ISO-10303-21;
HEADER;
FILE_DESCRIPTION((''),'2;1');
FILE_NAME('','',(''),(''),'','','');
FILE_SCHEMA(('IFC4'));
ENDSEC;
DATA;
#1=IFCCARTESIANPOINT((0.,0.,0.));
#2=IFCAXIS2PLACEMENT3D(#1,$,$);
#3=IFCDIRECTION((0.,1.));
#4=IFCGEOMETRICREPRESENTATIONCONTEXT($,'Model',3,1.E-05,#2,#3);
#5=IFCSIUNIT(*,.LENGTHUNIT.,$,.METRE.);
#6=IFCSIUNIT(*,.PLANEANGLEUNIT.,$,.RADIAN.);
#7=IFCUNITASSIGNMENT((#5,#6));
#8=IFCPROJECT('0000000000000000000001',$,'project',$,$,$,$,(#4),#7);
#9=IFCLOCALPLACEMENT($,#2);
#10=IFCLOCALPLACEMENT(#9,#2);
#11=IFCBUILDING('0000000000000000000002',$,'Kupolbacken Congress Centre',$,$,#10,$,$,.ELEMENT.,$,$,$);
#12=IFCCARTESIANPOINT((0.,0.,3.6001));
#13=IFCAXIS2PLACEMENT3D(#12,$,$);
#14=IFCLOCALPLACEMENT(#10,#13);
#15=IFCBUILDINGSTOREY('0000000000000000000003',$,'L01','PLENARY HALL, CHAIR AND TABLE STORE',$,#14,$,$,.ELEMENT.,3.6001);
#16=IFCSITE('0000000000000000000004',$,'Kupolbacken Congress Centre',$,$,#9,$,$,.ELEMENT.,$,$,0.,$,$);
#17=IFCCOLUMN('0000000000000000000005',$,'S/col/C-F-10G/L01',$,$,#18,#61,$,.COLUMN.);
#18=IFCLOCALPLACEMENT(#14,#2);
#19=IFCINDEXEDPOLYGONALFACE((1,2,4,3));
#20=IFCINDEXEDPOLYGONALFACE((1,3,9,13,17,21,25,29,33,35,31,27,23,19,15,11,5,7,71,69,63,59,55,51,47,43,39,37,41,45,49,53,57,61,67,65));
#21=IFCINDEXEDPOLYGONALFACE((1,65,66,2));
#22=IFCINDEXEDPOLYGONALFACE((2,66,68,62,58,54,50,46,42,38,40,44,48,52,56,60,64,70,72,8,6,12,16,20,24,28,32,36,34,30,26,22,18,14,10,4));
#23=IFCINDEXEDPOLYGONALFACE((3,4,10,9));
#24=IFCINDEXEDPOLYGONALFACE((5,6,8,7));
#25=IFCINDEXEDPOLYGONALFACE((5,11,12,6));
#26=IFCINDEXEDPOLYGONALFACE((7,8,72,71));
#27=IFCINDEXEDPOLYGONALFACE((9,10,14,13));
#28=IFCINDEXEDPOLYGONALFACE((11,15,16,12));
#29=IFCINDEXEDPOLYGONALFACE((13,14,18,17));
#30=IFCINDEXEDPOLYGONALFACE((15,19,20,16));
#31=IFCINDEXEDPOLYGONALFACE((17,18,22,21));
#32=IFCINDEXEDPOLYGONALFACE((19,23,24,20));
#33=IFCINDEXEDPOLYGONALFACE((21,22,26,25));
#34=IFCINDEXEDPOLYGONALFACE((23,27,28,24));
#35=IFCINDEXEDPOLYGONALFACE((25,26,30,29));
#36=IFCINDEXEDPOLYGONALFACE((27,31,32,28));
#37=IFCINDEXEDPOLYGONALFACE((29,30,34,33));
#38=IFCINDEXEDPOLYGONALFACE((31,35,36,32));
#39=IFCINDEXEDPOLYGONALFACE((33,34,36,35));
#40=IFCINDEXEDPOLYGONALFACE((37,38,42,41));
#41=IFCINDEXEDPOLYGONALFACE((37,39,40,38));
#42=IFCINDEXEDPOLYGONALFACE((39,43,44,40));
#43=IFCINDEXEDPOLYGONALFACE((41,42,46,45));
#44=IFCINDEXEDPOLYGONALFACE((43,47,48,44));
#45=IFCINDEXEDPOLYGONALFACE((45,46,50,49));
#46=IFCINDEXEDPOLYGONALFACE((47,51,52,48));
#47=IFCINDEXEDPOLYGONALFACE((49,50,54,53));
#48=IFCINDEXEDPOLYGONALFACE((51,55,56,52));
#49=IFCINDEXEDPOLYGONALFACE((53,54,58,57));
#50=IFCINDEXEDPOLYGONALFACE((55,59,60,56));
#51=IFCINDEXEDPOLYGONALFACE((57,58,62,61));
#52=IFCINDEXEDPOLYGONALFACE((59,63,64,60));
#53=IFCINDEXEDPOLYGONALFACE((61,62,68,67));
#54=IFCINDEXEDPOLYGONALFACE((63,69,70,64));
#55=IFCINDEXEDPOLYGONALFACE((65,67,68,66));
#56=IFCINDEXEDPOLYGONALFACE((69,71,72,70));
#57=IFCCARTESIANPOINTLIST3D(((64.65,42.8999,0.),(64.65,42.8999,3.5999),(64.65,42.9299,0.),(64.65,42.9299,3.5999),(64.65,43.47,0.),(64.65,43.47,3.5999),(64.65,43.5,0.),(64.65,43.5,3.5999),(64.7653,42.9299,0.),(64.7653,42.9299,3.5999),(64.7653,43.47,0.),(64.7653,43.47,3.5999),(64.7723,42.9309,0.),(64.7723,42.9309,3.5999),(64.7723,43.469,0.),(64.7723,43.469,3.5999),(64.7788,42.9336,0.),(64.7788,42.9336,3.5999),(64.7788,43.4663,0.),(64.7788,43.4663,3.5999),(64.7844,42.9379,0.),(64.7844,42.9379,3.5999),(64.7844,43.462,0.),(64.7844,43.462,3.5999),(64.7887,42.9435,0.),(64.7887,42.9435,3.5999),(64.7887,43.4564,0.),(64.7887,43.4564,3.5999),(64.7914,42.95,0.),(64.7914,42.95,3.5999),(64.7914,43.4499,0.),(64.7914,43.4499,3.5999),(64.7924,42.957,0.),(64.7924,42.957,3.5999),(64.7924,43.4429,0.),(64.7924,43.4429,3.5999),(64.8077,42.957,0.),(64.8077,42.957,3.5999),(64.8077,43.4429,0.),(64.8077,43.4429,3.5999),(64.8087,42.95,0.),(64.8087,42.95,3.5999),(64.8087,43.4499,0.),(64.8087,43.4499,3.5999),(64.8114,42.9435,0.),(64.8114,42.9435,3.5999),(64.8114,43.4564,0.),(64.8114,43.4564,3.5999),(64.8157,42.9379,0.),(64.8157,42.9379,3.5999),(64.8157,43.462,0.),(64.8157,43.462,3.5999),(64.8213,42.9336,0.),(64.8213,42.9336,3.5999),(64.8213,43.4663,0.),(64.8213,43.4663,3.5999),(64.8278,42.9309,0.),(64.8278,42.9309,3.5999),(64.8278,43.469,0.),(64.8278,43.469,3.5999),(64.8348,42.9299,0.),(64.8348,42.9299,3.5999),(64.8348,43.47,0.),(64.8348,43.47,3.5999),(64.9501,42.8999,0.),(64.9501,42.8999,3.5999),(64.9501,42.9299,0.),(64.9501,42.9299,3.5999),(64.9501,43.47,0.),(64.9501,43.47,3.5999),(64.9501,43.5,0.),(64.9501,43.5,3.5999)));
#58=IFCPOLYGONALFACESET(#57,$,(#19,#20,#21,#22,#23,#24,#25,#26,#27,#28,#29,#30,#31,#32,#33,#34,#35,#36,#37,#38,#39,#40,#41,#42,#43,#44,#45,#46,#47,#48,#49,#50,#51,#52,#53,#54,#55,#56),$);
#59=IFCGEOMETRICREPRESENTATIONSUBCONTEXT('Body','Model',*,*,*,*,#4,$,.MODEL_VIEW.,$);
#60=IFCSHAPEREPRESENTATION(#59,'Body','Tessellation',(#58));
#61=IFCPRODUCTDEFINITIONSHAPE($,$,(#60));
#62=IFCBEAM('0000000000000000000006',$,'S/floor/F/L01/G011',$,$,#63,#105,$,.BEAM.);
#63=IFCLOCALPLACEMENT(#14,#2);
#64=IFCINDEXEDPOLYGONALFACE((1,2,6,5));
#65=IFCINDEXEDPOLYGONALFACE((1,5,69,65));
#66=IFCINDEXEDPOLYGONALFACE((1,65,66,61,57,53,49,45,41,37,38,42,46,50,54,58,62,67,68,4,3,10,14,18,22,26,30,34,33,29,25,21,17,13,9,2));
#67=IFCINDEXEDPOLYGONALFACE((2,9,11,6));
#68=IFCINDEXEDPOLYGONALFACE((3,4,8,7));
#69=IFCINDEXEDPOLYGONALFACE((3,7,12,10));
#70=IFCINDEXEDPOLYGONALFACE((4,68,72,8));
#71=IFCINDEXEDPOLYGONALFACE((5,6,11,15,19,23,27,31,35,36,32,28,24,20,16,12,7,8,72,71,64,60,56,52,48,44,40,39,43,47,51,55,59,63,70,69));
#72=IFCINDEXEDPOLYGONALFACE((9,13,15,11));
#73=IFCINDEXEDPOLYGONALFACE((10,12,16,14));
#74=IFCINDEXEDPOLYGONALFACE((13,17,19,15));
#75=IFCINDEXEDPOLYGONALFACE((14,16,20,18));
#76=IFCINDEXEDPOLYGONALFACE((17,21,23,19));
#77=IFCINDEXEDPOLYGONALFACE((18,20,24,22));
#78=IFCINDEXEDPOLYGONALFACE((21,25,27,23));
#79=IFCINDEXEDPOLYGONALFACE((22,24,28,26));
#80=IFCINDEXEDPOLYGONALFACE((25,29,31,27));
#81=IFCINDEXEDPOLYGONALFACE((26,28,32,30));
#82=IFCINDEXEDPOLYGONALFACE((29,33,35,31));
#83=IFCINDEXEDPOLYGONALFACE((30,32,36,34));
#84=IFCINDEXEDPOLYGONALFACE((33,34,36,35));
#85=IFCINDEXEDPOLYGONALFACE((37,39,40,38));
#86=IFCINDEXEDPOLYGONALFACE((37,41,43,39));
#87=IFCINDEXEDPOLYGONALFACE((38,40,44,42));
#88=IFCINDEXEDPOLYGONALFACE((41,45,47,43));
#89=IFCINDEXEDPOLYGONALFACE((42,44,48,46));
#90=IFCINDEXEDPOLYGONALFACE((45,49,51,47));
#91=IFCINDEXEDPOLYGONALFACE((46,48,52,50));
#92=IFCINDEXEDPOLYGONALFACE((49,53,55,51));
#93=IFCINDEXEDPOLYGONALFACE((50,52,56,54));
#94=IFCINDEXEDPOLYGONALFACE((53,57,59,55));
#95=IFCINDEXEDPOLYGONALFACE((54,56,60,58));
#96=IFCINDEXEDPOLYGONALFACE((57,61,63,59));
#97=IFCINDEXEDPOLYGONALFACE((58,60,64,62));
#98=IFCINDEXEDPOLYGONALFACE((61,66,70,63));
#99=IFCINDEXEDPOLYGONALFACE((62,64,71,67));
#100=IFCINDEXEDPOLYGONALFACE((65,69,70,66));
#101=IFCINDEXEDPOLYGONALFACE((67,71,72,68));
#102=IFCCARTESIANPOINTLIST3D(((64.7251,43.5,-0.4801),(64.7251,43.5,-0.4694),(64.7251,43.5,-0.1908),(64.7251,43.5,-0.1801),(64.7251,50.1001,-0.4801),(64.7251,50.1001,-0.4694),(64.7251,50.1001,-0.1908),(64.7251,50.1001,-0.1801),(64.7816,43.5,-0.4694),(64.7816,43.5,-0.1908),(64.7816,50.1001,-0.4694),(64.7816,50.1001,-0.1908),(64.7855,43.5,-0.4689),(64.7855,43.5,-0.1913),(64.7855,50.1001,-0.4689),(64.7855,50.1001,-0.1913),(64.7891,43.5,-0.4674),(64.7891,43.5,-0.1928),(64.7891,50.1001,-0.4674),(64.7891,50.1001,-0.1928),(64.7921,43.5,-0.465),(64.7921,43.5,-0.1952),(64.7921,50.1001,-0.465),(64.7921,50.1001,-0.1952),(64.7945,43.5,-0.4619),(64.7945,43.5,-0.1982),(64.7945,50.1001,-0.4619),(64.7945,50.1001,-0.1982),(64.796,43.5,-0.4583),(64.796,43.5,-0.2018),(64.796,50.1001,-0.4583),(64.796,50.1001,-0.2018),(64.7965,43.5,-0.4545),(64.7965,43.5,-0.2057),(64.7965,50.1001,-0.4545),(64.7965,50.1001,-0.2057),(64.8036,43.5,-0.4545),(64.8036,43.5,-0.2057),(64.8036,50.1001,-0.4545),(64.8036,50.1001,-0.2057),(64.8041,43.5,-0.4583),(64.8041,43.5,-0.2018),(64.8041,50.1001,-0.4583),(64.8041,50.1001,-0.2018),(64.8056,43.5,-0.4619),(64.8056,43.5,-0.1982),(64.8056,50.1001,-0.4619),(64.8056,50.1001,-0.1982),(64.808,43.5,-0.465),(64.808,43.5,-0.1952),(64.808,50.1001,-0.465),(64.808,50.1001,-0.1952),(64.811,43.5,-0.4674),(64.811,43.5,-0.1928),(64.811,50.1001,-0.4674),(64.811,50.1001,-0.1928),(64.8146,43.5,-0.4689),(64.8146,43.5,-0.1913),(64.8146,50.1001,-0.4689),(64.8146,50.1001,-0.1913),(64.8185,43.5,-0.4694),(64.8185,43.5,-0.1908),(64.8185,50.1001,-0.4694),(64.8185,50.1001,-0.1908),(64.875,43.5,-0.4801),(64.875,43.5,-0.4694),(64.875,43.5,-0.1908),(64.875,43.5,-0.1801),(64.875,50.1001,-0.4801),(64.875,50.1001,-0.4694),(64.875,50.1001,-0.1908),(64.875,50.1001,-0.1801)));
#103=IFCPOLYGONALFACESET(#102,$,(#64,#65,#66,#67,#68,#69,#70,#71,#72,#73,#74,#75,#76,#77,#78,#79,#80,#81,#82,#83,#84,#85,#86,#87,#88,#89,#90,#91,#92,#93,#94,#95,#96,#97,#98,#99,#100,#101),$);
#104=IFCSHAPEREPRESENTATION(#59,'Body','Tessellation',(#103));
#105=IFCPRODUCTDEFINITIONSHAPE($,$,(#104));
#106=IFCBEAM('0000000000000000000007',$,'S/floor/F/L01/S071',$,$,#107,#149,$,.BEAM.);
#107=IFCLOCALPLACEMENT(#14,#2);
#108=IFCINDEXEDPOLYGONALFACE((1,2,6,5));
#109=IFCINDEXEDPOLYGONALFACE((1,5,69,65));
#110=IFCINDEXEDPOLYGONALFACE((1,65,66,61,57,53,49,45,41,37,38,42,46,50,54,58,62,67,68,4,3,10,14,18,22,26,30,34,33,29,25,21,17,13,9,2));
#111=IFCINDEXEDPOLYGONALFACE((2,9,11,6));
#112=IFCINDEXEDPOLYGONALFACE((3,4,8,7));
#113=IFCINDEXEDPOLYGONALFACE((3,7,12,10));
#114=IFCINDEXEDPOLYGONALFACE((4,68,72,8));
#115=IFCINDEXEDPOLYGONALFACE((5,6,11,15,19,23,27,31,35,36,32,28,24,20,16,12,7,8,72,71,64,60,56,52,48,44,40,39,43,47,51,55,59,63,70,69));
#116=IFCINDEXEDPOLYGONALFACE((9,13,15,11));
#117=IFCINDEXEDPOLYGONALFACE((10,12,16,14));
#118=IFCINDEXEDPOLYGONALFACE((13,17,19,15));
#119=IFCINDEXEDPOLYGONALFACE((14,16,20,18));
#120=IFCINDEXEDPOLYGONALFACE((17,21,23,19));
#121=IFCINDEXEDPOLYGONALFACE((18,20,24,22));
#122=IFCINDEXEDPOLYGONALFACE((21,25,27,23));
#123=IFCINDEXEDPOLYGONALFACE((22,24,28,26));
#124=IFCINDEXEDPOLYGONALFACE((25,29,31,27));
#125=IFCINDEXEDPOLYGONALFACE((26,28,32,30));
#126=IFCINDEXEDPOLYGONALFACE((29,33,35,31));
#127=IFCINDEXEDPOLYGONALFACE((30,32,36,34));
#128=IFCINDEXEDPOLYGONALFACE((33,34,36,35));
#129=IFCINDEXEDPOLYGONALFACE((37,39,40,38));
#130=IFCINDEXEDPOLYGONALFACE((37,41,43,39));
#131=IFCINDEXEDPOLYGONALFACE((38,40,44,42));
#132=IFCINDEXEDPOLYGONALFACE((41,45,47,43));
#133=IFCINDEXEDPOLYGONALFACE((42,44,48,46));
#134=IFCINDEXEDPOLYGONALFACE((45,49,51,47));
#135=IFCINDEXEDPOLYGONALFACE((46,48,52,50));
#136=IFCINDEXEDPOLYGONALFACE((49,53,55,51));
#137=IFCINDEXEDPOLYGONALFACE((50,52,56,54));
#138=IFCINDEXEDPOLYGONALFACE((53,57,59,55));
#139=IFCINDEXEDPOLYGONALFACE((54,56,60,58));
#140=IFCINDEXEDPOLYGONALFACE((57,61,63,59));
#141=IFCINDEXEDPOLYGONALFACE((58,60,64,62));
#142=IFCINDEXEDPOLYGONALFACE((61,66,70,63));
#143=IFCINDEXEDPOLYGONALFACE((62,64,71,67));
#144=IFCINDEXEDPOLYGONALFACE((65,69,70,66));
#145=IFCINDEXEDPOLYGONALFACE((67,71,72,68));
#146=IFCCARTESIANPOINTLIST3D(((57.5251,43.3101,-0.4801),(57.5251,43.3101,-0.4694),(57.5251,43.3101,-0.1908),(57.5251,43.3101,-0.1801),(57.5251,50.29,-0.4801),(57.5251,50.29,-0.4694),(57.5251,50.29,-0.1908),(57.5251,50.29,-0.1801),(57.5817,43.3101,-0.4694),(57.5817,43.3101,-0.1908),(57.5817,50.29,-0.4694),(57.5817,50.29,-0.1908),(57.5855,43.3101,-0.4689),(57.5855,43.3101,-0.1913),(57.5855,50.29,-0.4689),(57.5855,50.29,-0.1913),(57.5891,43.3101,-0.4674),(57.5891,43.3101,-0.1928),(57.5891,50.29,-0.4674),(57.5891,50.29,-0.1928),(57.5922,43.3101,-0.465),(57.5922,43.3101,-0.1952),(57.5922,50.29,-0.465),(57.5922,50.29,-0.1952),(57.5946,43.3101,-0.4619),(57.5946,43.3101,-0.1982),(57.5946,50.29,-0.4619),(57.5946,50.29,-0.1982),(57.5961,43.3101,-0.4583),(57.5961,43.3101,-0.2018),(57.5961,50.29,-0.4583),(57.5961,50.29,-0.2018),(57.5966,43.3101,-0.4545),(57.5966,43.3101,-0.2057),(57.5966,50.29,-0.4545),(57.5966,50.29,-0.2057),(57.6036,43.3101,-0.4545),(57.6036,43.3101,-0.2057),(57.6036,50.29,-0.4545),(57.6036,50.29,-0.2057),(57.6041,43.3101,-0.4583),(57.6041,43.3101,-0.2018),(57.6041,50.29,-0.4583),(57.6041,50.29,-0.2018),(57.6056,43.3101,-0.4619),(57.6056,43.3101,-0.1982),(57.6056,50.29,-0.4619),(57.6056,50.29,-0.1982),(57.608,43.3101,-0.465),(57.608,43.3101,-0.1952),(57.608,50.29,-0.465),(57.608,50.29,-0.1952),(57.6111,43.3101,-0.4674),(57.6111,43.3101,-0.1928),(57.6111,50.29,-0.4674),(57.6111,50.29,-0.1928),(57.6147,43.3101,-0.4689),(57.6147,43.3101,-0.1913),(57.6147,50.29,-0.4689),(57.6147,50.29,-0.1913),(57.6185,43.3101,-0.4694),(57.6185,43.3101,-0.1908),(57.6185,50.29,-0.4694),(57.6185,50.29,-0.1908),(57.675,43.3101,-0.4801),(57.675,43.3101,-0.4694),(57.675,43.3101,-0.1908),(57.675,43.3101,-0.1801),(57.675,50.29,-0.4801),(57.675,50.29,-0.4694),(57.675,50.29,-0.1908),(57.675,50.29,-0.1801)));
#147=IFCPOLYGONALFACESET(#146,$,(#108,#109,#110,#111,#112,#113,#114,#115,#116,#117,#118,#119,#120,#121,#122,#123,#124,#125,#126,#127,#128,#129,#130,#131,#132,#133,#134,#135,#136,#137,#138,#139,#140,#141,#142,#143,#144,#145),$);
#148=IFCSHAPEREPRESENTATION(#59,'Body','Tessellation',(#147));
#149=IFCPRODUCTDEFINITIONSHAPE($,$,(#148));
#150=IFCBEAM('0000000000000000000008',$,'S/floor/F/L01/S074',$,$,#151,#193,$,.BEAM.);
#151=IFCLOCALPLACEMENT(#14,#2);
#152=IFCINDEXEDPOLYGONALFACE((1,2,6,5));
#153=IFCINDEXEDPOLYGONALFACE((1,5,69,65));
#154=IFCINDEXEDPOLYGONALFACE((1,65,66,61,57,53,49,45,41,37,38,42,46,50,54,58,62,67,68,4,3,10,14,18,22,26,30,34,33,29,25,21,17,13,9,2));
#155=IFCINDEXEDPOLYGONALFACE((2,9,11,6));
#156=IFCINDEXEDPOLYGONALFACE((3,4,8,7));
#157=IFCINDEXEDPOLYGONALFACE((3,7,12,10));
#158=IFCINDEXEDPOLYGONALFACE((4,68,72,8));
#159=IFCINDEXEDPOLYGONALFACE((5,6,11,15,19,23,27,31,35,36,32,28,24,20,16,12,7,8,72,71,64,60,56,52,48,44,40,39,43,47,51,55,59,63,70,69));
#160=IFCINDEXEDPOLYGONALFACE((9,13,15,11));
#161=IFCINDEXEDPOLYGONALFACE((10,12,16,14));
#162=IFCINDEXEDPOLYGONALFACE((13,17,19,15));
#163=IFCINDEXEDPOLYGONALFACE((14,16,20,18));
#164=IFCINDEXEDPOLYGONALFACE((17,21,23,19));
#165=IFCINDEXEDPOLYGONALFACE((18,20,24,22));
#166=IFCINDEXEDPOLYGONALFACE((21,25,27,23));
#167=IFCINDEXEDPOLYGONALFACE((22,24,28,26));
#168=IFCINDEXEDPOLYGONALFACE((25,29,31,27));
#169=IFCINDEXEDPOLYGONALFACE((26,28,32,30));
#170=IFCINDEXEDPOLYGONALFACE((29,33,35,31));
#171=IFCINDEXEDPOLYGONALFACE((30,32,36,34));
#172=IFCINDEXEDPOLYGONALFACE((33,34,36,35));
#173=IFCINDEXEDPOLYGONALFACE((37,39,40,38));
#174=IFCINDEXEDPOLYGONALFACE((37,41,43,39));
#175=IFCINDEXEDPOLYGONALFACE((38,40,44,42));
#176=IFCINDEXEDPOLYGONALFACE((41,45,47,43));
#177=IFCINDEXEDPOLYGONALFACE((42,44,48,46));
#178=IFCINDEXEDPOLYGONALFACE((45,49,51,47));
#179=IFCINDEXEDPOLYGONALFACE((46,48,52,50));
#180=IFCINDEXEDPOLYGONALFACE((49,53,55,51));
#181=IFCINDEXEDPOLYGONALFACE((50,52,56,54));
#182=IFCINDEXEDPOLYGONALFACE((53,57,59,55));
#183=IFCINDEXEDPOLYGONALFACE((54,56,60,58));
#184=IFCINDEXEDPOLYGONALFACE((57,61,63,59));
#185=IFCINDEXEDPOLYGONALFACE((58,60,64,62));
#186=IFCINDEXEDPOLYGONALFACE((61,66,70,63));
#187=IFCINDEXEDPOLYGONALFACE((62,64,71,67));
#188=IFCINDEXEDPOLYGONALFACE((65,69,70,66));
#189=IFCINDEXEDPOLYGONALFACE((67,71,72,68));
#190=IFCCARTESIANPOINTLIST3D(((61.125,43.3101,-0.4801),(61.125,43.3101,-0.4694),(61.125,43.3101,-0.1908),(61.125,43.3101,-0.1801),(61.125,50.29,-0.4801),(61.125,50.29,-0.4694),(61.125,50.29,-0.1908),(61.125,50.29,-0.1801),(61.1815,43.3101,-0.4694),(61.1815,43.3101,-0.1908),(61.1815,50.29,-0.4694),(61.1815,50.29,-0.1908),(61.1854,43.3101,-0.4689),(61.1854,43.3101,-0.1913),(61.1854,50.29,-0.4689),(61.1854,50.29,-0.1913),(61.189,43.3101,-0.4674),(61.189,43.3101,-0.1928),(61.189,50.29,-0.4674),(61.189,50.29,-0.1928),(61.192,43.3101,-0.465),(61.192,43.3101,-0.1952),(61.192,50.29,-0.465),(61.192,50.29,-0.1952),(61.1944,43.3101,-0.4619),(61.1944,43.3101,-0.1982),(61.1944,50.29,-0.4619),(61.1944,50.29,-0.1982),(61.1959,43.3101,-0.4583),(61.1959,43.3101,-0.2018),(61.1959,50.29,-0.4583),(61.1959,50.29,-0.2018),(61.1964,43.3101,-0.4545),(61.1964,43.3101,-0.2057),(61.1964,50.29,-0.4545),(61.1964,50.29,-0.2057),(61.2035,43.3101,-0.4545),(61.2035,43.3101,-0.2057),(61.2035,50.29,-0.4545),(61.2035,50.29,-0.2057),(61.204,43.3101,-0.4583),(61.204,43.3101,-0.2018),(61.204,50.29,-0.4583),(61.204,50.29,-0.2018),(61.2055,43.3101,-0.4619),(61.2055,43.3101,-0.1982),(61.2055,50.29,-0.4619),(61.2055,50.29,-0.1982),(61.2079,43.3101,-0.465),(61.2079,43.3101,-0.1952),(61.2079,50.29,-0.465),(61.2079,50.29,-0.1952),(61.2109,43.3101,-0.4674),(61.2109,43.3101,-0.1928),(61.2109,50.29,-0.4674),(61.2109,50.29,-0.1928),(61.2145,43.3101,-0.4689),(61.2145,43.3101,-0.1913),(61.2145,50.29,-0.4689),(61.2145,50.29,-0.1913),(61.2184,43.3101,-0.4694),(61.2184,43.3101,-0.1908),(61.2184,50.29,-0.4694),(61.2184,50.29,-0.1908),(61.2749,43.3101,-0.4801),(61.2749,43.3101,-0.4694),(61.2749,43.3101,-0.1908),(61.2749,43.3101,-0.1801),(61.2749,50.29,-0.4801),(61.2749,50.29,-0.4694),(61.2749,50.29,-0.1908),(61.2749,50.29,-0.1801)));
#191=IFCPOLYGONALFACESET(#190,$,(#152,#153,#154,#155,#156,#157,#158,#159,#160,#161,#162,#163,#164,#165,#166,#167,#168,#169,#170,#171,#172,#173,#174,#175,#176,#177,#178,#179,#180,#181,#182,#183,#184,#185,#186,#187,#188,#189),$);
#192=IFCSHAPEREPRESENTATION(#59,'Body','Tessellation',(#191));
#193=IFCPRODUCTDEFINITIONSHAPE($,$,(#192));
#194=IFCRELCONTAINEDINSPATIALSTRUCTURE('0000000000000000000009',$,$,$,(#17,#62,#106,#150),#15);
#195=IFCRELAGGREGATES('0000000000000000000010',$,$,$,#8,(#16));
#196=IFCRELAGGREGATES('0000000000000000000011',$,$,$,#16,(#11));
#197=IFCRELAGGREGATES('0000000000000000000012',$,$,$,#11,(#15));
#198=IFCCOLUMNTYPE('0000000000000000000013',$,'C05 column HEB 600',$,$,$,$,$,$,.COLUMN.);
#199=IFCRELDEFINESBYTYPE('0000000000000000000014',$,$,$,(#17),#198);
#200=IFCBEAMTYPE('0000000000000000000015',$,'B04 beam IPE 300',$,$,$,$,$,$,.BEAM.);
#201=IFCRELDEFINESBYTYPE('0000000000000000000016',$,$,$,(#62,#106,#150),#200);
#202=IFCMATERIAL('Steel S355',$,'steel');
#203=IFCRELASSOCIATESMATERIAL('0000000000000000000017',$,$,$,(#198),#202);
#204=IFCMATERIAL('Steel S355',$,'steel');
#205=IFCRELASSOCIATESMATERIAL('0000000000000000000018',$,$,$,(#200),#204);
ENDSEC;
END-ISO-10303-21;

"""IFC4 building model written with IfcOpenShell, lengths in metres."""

from ifc_helpers import new_model, si_unit, direction, frame, origin, origin_2d, place, context, subcontext, project, spatial, i_section, extrude, material, material_profile, profile_set, type_object, element, save


model = new_model("IFC4")

# Units and contexts
model_context = context("Model", 3, precision=1e-05, world=origin(), true_north=direction((0.0, 1.0)))
body_context = subcontext(model_context, "Body", "Model", "MODEL_VIEW")
ifc_project = project(units=[si_unit("LENGTHUNIT", "METRE"), si_unit("PLANEANGLEUNIT", "RADIAN")], contexts=[model_context])

# Site, building, storey
site_placement = place(None, origin())
site = spatial("IfcSite", under=ifc_project, at=site_placement, Name="Kupolbacken Congress Centre", CompositionType="ELEMENT", RefElevation=0.0)
building_placement = place(site_placement, origin())
building = spatial("IfcBuilding", under=site, at=building_placement, Name="Kupolbacken Congress Centre", CompositionType="ELEMENT")
storey_placement = place(building_placement, frame((0.0, 0.0, 3.6001)))
storey = spatial("IfcBuildingStorey", under=building, at=storey_placement, Name="L01", Description="PLENARY HALL, CHAIR AND TABLE STORE", CompositionType="ELEMENT", Elevation=3.6001)

# Column
ifc_material_1 = material(Name="Steel S355", Category="steel")
ifc_material_profile_1 = material_profile(ifc_material_1, i_section(OverallWidth=0.3, OverallDepth=0.6001, WebThickness=0.0154, FlangeThickness=0.03, FilletRadius=0.0271, at=origin_2d()), Name="HEB 600")
ifc_profile_set_1 = profile_set([ifc_material_profile_1], Name="Steel S355")
column_type = type_object("IfcColumnType", Name="C05 column HEB 600", PredefinedType="COLUMN", material=ifc_profile_set_1)
column_placement = place(storey_placement, frame((64.8, 43.2, 0.0), z_axis=(0.0, 0.0, 1.0), x_axis=(1.0, 0.0, 0.0)))
element("IfcColumn", 1, at=column_placement, inside=storey, type_object=column_type, Name="S/col/C-F-10G/L01", PredefinedType="COLUMN", context=body_context, shape_type="SweptSolid", body=[
    extrude(i_section(OverallWidth=0.3, OverallDepth=0.6001, WebThickness=0.0154, FlangeThickness=0.03, FilletRadius=0.0271, at=origin_2d()), origin(), (0.0, 0.0, 1.0), 3.5999),
])

# Beams
ifc_material_2 = material(Name="Steel S355", Category="steel")
ifc_material_profile_2 = material_profile(ifc_material_2, i_section(OverallWidth=0.1499, OverallDepth=0.3, WebThickness=0.0071, FlangeThickness=0.0107, FilletRadius=0.0149, at=origin_2d()), Name="IPE 300")
ifc_profile_set_2 = profile_set([ifc_material_profile_2], Name="Steel S355")
beam_type_1 = type_object("IfcBeamType", Name="B04 beam IPE 300", PredefinedType="BEAM", material=ifc_profile_set_2)
beam_1_placement = place(storey_placement, frame((64.8, 43.5, -0.3301), z_axis=(0.0, 1.0, 0.0), x_axis=(-1.0, 0.0, 0.0)))
element("IfcBeam", 2, at=beam_1_placement, inside=storey, type_object=beam_type_1, Name="S/floor/F/L01/G011", PredefinedType="BEAM", context=body_context, shape_type="SweptSolid", body=[
    extrude(i_section(OverallWidth=0.1499, OverallDepth=0.3, WebThickness=0.0071, FlangeThickness=0.0107, FilletRadius=0.0149, at=origin_2d()), origin(), (0.0, 0.0, 1.0), 6.6001),
])
for number, where, z_axis, x_axis, name in (
    (3, (57.6001, 43.3101, -0.3301), (0.0, 1.0, 0.0), (-1.0, 0.0, 0.0), "S/floor/F/L01/S071"),
    (4, (61.2, 43.3101, -0.3301), (0.0, 1.0, 0.0), (-1.0, 0.0, 0.0), "S/floor/F/L01/S074"),
):
    element("IfcBeam", number, at=place(storey_placement, frame(where, z_axis=z_axis, x_axis=x_axis)), inside=storey, type_object=beam_type_1, Name=name, PredefinedType="BEAM", context=body_context, shape_type="SweptSolid", body=[
        extrude(i_section(OverallWidth=0.1499, OverallDepth=0.3, WebThickness=0.0071, FlangeThickness=0.0107, FilletRadius=0.0149, at=origin_2d()), origin(), (0.0, 0.0, 1.0), 6.98),
    ])

save(model, "model.ifc")
